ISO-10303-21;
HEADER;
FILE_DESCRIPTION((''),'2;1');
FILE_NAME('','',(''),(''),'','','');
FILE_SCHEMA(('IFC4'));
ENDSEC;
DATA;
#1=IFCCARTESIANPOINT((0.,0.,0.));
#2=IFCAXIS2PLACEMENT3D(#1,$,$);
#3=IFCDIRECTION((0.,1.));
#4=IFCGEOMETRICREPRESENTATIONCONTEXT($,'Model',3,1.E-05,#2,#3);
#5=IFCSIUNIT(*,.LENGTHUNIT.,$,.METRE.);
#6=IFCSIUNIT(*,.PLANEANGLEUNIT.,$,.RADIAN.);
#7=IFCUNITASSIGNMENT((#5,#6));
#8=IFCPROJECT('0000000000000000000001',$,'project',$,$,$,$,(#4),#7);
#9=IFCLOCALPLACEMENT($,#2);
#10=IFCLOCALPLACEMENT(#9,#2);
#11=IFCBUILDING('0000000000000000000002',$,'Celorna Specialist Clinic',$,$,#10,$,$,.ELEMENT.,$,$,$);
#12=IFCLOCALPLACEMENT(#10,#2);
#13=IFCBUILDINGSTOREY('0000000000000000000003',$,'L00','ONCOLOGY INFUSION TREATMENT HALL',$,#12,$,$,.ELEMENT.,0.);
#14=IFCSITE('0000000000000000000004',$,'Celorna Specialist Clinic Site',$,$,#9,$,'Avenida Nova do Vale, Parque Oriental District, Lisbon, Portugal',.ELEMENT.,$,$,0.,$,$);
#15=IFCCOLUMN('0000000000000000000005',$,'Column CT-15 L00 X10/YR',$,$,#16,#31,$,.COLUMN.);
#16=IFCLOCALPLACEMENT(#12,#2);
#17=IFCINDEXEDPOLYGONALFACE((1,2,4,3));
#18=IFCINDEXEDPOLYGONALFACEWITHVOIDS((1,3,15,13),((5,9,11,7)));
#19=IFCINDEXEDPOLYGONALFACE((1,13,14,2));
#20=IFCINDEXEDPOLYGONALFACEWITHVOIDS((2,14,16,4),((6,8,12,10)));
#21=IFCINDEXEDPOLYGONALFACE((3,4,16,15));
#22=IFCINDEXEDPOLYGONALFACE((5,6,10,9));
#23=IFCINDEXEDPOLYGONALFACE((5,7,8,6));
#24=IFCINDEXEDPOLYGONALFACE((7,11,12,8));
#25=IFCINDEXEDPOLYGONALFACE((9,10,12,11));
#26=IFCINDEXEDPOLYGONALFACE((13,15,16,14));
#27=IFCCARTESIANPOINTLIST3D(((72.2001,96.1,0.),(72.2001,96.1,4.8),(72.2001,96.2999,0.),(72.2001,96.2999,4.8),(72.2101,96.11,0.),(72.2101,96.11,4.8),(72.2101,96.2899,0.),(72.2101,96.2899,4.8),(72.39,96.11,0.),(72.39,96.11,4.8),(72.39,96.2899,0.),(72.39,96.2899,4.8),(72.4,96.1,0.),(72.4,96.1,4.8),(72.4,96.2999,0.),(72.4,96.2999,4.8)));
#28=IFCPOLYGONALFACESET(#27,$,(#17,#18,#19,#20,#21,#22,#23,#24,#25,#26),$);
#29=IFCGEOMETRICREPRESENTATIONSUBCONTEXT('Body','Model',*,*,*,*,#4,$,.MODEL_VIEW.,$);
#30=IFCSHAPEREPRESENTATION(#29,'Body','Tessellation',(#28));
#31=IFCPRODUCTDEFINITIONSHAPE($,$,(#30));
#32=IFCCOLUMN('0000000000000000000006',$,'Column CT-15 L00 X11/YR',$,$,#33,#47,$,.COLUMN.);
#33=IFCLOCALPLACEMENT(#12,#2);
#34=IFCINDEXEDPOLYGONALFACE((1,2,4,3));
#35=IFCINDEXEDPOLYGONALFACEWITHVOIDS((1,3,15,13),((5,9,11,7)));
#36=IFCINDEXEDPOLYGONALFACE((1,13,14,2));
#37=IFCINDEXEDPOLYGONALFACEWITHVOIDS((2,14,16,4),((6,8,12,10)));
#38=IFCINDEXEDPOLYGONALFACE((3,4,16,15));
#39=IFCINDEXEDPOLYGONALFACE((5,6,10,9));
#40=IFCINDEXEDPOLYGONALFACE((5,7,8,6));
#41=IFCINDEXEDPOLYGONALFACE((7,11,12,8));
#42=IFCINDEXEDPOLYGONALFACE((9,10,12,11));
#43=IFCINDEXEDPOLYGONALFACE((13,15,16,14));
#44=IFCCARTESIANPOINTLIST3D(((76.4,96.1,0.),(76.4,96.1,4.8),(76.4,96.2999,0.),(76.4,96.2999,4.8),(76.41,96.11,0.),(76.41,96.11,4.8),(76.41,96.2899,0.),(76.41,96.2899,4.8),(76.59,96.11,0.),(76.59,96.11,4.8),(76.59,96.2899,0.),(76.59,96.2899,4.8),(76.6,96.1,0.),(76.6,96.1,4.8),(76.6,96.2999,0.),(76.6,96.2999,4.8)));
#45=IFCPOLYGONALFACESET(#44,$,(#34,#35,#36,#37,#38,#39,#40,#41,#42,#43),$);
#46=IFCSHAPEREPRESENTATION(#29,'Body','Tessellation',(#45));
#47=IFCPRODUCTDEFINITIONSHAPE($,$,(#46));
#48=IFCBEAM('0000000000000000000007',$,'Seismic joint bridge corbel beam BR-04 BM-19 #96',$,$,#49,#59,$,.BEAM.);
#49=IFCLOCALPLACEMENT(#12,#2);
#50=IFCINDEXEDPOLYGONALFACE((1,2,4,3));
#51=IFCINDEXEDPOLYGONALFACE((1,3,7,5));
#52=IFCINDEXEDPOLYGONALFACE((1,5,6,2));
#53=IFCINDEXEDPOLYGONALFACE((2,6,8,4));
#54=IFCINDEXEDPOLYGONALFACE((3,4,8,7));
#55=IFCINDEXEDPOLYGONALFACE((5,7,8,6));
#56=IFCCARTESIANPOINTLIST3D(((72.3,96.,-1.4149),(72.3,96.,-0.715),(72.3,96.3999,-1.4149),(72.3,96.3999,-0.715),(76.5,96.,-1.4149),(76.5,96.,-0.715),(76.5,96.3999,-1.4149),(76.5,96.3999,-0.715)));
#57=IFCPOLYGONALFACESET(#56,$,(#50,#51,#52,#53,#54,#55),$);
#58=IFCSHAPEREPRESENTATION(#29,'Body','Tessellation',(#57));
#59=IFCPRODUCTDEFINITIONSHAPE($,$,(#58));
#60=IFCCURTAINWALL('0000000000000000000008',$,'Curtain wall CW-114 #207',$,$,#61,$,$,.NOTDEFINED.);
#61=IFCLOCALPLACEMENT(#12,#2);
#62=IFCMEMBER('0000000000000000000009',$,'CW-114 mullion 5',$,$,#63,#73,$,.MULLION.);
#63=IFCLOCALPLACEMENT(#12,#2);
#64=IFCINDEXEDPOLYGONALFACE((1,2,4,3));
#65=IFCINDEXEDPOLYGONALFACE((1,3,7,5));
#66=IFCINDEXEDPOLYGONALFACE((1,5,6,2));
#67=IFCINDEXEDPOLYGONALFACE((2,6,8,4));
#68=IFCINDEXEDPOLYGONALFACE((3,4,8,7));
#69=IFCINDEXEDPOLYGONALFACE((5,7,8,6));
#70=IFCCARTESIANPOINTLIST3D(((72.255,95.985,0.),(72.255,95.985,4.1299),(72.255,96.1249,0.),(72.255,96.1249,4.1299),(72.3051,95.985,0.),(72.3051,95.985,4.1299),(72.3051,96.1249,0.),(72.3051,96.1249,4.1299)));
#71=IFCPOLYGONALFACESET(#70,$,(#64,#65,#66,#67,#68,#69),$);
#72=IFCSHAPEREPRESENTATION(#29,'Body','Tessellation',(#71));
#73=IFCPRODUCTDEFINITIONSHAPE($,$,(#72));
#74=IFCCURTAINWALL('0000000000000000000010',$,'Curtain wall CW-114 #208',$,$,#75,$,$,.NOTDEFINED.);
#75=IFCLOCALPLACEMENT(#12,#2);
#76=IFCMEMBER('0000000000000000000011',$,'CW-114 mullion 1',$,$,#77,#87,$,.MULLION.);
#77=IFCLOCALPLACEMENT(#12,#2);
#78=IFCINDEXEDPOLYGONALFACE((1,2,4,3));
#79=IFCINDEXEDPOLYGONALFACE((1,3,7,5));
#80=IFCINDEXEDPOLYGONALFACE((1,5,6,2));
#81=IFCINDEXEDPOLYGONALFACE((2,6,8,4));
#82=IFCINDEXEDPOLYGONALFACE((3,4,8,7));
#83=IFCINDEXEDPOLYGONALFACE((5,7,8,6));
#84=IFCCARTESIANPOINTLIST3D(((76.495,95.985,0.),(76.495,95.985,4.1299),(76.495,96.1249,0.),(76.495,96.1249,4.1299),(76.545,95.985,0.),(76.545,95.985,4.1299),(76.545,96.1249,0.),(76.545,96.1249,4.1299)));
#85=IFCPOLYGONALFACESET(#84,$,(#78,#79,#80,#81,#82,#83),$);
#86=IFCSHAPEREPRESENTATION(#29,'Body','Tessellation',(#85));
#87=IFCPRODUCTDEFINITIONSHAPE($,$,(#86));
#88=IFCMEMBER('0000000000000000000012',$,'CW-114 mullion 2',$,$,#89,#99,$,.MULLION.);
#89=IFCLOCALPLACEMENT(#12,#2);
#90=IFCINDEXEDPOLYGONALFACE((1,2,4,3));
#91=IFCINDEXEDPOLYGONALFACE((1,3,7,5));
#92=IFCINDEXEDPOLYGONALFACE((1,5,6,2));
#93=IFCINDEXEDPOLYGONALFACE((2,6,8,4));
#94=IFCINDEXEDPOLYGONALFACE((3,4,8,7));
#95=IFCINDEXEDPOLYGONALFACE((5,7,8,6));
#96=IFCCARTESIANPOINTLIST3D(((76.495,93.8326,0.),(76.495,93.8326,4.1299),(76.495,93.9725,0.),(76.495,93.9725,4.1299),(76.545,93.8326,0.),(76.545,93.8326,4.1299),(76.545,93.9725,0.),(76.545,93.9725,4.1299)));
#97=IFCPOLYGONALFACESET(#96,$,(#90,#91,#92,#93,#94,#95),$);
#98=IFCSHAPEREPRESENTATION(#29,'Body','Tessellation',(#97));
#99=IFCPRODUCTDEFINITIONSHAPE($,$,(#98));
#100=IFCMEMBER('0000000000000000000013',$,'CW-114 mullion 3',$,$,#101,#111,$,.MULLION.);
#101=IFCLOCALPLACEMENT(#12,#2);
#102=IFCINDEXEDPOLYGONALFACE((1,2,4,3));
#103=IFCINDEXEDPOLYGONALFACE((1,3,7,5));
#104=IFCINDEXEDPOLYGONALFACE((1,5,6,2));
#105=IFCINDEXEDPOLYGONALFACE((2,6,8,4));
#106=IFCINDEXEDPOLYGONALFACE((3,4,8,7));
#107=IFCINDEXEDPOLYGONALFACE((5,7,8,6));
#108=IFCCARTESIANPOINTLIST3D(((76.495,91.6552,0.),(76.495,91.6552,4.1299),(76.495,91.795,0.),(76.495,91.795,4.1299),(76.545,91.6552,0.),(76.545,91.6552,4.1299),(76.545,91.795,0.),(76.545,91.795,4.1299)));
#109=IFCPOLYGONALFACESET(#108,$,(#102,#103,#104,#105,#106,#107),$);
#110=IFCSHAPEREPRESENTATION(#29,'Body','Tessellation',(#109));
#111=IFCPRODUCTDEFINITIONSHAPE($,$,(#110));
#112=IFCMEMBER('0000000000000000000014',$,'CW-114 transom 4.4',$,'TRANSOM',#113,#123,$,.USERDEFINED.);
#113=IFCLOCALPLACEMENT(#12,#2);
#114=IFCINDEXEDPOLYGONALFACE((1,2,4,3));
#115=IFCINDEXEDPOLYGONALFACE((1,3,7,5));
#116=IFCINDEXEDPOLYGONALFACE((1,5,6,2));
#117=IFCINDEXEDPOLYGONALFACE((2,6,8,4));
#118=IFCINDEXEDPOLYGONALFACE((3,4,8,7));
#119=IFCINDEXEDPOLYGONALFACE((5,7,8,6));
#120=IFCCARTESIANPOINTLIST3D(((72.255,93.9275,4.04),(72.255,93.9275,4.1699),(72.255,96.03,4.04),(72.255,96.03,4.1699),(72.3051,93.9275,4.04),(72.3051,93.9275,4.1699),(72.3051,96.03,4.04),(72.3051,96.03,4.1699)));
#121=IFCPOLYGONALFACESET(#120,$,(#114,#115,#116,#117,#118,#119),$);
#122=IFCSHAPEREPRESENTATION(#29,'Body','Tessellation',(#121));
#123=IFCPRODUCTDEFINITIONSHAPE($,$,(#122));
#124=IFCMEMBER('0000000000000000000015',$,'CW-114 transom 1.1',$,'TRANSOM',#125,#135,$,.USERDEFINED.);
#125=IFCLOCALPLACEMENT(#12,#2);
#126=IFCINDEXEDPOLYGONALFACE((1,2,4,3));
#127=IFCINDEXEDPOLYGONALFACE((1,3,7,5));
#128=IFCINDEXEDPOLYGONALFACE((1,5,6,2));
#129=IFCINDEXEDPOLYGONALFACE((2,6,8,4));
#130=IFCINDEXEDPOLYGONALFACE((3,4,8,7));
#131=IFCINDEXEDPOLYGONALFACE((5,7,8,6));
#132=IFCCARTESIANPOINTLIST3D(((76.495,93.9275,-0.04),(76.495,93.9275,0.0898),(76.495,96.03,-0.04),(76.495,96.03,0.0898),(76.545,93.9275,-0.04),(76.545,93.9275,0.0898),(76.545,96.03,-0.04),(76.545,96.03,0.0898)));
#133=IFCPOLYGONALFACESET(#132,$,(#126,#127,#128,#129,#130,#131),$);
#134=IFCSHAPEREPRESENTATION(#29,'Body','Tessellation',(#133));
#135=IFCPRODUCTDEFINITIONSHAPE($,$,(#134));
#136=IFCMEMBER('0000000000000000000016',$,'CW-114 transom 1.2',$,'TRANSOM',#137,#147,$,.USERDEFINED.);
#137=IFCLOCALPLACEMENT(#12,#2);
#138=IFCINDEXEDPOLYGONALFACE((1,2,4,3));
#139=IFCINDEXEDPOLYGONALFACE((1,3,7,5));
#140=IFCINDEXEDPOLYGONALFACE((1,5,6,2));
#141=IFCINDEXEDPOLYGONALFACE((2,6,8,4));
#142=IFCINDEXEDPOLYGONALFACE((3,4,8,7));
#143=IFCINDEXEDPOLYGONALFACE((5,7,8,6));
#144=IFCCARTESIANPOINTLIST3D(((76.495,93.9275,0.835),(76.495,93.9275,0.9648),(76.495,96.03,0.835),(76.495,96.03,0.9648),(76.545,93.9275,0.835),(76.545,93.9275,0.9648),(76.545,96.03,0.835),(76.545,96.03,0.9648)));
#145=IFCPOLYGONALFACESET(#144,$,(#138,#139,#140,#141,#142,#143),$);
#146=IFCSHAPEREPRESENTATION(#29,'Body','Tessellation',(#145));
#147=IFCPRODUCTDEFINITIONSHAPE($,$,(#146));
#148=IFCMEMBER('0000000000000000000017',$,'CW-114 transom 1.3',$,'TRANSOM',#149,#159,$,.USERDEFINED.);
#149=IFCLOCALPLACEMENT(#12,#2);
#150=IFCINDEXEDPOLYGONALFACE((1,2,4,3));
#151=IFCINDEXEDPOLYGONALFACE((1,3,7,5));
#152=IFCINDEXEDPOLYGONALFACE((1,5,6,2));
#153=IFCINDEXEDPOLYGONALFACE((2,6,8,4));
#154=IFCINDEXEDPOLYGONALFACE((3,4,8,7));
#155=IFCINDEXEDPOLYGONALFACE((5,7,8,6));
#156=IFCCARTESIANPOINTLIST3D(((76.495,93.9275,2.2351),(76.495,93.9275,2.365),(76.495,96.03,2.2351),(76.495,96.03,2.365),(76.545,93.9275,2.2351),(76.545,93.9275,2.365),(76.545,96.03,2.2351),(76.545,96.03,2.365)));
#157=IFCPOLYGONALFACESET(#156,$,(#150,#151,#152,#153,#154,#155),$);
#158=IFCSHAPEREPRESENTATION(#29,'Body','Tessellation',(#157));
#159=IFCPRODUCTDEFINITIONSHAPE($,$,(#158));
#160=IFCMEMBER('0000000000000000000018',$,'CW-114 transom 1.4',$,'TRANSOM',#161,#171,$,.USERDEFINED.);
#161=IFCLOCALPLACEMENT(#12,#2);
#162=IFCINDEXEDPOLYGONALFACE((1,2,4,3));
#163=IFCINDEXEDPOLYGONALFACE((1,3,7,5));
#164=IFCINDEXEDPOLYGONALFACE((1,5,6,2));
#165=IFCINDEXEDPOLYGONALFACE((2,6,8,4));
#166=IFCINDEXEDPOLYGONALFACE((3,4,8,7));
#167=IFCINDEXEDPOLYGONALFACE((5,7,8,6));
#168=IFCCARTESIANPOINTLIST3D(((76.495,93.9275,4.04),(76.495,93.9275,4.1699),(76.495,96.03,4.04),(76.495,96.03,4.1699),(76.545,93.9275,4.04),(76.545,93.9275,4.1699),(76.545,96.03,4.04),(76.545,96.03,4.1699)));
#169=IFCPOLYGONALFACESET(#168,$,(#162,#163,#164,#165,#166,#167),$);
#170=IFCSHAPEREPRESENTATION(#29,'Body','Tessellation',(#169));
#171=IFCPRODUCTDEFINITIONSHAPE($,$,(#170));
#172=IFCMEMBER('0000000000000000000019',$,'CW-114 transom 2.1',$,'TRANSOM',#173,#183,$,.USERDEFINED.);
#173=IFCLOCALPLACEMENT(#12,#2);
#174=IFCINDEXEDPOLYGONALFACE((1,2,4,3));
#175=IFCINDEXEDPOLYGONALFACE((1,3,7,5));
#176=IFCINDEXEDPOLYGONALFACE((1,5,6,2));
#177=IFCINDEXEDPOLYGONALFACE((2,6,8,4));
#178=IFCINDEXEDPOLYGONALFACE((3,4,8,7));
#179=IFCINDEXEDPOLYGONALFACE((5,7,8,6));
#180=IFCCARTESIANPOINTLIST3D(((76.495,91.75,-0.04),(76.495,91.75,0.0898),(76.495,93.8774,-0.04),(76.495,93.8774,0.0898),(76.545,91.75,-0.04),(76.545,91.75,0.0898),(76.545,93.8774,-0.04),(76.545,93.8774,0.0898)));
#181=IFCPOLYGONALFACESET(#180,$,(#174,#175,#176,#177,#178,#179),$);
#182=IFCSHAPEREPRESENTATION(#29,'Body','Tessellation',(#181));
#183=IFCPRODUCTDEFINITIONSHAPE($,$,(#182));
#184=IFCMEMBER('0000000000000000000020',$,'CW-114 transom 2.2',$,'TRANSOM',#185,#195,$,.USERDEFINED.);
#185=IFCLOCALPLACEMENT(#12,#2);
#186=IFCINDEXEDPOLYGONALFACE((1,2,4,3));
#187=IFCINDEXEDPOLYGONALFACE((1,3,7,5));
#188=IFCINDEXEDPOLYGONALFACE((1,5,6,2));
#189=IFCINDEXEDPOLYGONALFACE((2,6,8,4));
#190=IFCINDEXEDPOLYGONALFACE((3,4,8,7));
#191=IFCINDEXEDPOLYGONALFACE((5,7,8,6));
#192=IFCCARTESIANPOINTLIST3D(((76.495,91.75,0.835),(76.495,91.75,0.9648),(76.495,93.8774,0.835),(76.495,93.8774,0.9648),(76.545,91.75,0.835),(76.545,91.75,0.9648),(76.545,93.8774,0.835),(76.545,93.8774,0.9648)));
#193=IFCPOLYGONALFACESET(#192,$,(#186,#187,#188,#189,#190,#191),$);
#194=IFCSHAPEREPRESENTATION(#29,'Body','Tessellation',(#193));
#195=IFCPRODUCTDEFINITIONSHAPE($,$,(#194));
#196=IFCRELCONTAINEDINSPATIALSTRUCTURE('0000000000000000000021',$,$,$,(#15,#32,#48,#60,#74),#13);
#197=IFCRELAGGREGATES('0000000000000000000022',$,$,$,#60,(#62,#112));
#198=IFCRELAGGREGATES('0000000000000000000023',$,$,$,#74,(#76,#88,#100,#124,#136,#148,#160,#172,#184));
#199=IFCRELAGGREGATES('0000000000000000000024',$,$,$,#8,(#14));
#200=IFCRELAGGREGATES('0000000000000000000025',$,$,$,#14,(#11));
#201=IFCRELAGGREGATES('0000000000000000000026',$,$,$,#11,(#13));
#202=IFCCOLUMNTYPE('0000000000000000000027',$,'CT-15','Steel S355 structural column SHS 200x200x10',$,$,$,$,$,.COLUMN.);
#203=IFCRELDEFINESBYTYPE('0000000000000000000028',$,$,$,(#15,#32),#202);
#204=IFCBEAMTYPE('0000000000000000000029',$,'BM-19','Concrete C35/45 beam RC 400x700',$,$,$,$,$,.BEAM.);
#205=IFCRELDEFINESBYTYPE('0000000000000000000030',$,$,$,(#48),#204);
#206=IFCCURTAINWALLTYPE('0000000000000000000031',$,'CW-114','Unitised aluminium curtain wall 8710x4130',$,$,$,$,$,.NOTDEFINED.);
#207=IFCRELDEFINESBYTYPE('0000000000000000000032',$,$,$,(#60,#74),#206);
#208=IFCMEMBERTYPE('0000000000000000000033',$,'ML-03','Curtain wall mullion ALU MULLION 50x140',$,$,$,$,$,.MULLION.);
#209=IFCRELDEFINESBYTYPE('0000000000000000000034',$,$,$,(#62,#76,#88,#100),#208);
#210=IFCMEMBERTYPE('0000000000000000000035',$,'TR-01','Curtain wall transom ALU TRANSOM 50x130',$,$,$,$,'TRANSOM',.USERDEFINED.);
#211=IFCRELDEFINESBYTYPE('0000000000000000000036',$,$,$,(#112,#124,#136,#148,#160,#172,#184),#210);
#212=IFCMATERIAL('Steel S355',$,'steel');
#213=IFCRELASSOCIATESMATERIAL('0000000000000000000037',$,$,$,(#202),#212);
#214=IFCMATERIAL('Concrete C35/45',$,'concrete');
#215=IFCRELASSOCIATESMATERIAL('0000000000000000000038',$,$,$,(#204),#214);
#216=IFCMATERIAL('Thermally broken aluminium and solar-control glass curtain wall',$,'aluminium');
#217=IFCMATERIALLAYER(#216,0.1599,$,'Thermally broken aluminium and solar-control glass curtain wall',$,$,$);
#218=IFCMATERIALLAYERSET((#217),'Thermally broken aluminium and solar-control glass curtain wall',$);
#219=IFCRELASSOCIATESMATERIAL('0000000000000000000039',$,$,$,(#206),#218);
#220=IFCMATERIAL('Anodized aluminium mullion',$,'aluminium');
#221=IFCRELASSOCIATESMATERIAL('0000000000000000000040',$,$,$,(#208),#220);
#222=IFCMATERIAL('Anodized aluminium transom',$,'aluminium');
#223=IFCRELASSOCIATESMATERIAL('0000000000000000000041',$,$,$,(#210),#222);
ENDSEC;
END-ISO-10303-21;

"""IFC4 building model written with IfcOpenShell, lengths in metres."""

from ifc_helpers import new_model, si_unit, direction, frame, origin, origin_2d, place, context, subcontext, project, spatial, rectangle, hollow_rectangle, extrude, material, layer, layer_set, material_profile, profile_set, type_object, element, aggregate, save


model = new_model("IFC4")

# Units and contexts
model_context = context("Model", 3, precision=1e-05, world=origin(), true_north=direction((0.0, 1.0)))
body_context = subcontext(model_context, "Body", "Model", "MODEL_VIEW")
ifc_project = project(units=[si_unit("LENGTHUNIT", "METRE"), si_unit("PLANEANGLEUNIT", "RADIAN")], contexts=[model_context])

# Site, building, storey
site_placement = place(None, origin())
site = spatial("IfcSite", under=ifc_project, at=site_placement, Name="Celorna Specialist Clinic Site", LongName="Avenida Nova do Vale, Parque Oriental District, Lisbon, Portugal", CompositionType="ELEMENT", RefElevation=0.0)
building_placement = place(site_placement, origin())
building = spatial("IfcBuilding", under=site, at=building_placement, Name="Celorna Specialist Clinic", CompositionType="ELEMENT")
storey_placement = place(building_placement, origin())
storey = spatial("IfcBuildingStorey", under=building, at=storey_placement, Name="L00", Description="ONCOLOGY INFUSION TREATMENT HALL", CompositionType="ELEMENT", Elevation=0.0)

# Columns
ifc_material_1 = material(Name="Steel S355", Category="steel")
ifc_material_profile_1 = material_profile(ifc_material_1, hollow_rectangle(XDim=0.2, YDim=0.2, WallThickness=0.01, at=origin_2d()), Name="SHS 200x200x10")
ifc_profile_set_1 = profile_set([ifc_material_profile_1], Name="Steel S355")
column_type = type_object("IfcColumnType", Name="CT-15", Description="Steel S355 structural column SHS 200x200x10", PredefinedType="COLUMN", material=ifc_profile_set_1)
for number, where, z_axis, x_axis, name in (
    (1, (72.3, 96.2, 0.0), (0.0, 0.0, 1.0), (1.0, 0.0, 0.0), "Column CT-15 L00 X10/YR"),
    (2, (76.5, 96.2, 0.0), (0.0, 0.0, 1.0), (1.0, 0.0, 0.0), "Column CT-15 L00 X11/YR"),
):
    element("IfcColumn", number, at=place(storey_placement, frame(where, z_axis=z_axis, x_axis=x_axis)), inside=storey, type_object=column_type, Name=name, PredefinedType="COLUMN", context=body_context, shape_type="SweptSolid", body=[
        extrude(hollow_rectangle(XDim=0.2, YDim=0.2, WallThickness=0.01, at=origin_2d()), origin(), (0.0, 0.0, 1.0), 4.8),
    ])

# Beam
ifc_material_2 = material(Name="Concrete C35/45", Category="concrete")
ifc_material_profile_2 = material_profile(ifc_material_2, rectangle(XDim=0.3999, YDim=0.7, at=origin_2d()), Name="RC 400x700")
ifc_profile_set_2 = profile_set([ifc_material_profile_2], Name="Concrete C35/45")
beam_type = type_object("IfcBeamType", Name="BM-19", Description="Concrete C35/45 beam RC 400x700", PredefinedType="BEAM", material=ifc_profile_set_2)
beam_placement = place(storey_placement, frame((72.3, 96.2, -1.0649), z_axis=(1.0, 0.0, 0.0), x_axis=(0.0, 1.0, 0.0)))
element("IfcBeam", 3, at=beam_placement, inside=storey, type_object=beam_type, Name="Seismic joint bridge corbel beam BR-04 BM-19 #96", PredefinedType="BEAM", context=body_context, shape_type="SweptSolid", body=[
    extrude(rectangle(XDim=0.3999, YDim=0.7, at=origin_2d()), origin(), (0.0, 0.0, 1.0), 4.2),
])

# Curtain wall, member
ifc_material_3 = material(Name="Thermally broken aluminium and solar-control glass curtain wall", Category="aluminium")
ifc_layer_1 = layer(ifc_material_3, 0.1599, Name="Thermally broken aluminium and solar-control glass curtain wall")
ifc_layer_set_1 = layer_set([ifc_layer_1], Name="Thermally broken aluminium and solar-control glass curtain wall")
curtain_wall_type = type_object("IfcCurtainWallType", Name="CW-114", Description="Unitised aluminium curtain wall 8710x4130", PredefinedType="NOTDEFINED", material=ifc_layer_set_1)
curtain_wall_1_placement = place(storey_placement, origin())
curtain_wall_1 = element("IfcCurtainWall", 4, at=curtain_wall_1_placement, inside=storey, type_object=curtain_wall_type, Name="Curtain wall CW-114 #207", PredefinedType="NOTDEFINED")
ifc_material_4 = material(Name="Anodized aluminium mullion", Category="aluminium")
ifc_material_profile_3 = material_profile(ifc_material_4, rectangle(XDim=0.05, YDim=0.1399, at=origin_2d()), Name="ALU MULLION 50x140")
ifc_profile_set_3 = profile_set([ifc_material_profile_3], Name="Anodized aluminium mullion")
member_type_1 = type_object("IfcMemberType", Name="ML-03", Description="Curtain wall mullion ALU MULLION 50x140", PredefinedType="MULLION", material=ifc_profile_set_3)
member_1_placement = place(storey_placement, frame((72.28, 96.0549, 0.0), z_axis=(0.0, 0.0, 1.0), x_axis=(-1.0, 0.0, 0.0)))
member_1 = element("IfcMember", 5, at=member_1_placement, type_object=member_type_1, Name="CW-114 mullion 5", PredefinedType="MULLION", context=body_context, shape_type="SweptSolid", body=[
    extrude(rectangle(XDim=0.05, YDim=0.1399, at=origin_2d()), origin(), (0.0, 0.0, 1.0), 4.1299),
])

# Curtain wall, members
curtain_wall_2_placement = place(storey_placement, origin())
curtain_wall_2 = element("IfcCurtainWall", 6, at=curtain_wall_2_placement, inside=storey, type_object=curtain_wall_type, Name="Curtain wall CW-114 #208", PredefinedType="NOTDEFINED")
member_2_placement = place(storey_placement, frame((76.52, 96.0549, 0.0), z_axis=(0.0, 0.0, 1.0), x_axis=(1.0, 0.0, 0.0)))
member_2 = element("IfcMember", 7, at=member_2_placement, type_object=member_type_1, Name="CW-114 mullion 1", PredefinedType="MULLION", context=body_context, shape_type="SweptSolid", body=[
    extrude(rectangle(XDim=0.05, YDim=0.1399, at=origin_2d()), origin(), (0.0, 0.0, 1.0), 4.1299),
])
member_3_placement = place(storey_placement, frame((76.52, 93.9026, 0.0), z_axis=(0.0, 0.0, 1.0), x_axis=(1.0, 0.0, 0.0)))
member_3 = element("IfcMember", 8, at=member_3_placement, type_object=member_type_1, Name="CW-114 mullion 2", PredefinedType="MULLION", context=body_context, shape_type="SweptSolid", body=[
    extrude(rectangle(XDim=0.05, YDim=0.1399, at=origin_2d()), origin(), (0.0, 0.0, 1.0), 4.1299),
])
member_4_placement = place(storey_placement, frame((76.52, 91.7251, 0.0), z_axis=(0.0, 0.0, 1.0), x_axis=(1.0, 0.0, 0.0)))
member_4 = element("IfcMember", 9, at=member_4_placement, type_object=member_type_1, Name="CW-114 mullion 3", PredefinedType="MULLION", context=body_context, shape_type="SweptSolid", body=[
    extrude(rectangle(XDim=0.05, YDim=0.1399, at=origin_2d()), origin(), (0.0, 0.0, 1.0), 4.1299),
])

# Members
ifc_material_5 = material(Name="Anodized aluminium transom", Category="aluminium")
ifc_material_profile_4 = material_profile(ifc_material_5, rectangle(XDim=0.05, YDim=0.1299, at=origin_2d()), Name="ALU TRANSOM 50x130")
ifc_profile_set_4 = profile_set([ifc_material_profile_4], Name="Anodized aluminium transom")
member_type_2 = type_object("IfcMemberType", Name="TR-01", Description="Curtain wall transom ALU TRANSOM 50x130", ElementType="TRANSOM", PredefinedType="USERDEFINED", material=ifc_profile_set_4)
member_5_placement = place(storey_placement, frame((72.28, 93.9275, 4.105), z_axis=(0.0, 1.0, 0.0), x_axis=(-1.0, 0.0, 0.0)))
member_5 = element("IfcMember", 10, at=member_5_placement, type_object=member_type_2, Name="CW-114 transom 4.4", ObjectType="TRANSOM", PredefinedType="USERDEFINED", context=body_context, shape_type="SweptSolid", body=[
    extrude(rectangle(XDim=0.05, YDim=0.1299, at=origin_2d()), origin(), (0.0, 0.0, 1.0), 2.1025),
])
member_6_placement = place(storey_placement, frame((76.52, 96.03, 0.0249), z_axis=(0.0, -1.0, 0.0), x_axis=(1.0, 0.0, 0.0)))
member_6 = element("IfcMember", 11, at=member_6_placement, type_object=member_type_2, Name="CW-114 transom 1.1", ObjectType="TRANSOM", PredefinedType="USERDEFINED", context=body_context, shape_type="SweptSolid", body=[
    extrude(rectangle(XDim=0.05, YDim=0.1299, at=origin_2d()), origin(), (0.0, 0.0, 1.0), 2.1025),
])
member_7_placement = place(storey_placement, frame((76.52, 96.03, 0.8999), z_axis=(0.0, -1.0, 0.0), x_axis=(1.0, 0.0, 0.0)))
member_7 = element("IfcMember", 12, at=member_7_placement, type_object=member_type_2, Name="CW-114 transom 1.2", ObjectType="TRANSOM", PredefinedType="USERDEFINED", context=body_context, shape_type="SweptSolid", body=[
    extrude(rectangle(XDim=0.05, YDim=0.1299, at=origin_2d()), origin(), (0.0, 0.0, 1.0), 2.1025),
])
member_8_placement = place(storey_placement, frame((76.52, 96.03, 2.3), z_axis=(0.0, -1.0, 0.0), x_axis=(1.0, 0.0, 0.0)))
member_8 = element("IfcMember", 13, at=member_8_placement, type_object=member_type_2, Name="CW-114 transom 1.3", ObjectType="TRANSOM", PredefinedType="USERDEFINED", context=body_context, shape_type="SweptSolid", body=[
    extrude(rectangle(XDim=0.05, YDim=0.1299, at=origin_2d()), origin(), (0.0, 0.0, 1.0), 2.1025),
])
member_9_placement = place(storey_placement, frame((76.52, 96.03, 4.105), z_axis=(0.0, -1.0, 0.0), x_axis=(1.0, 0.0, 0.0)))
member_9 = element("IfcMember", 14, at=member_9_placement, type_object=member_type_2, Name="CW-114 transom 1.4", ObjectType="TRANSOM", PredefinedType="USERDEFINED", context=body_context, shape_type="SweptSolid", body=[
    extrude(rectangle(XDim=0.05, YDim=0.1299, at=origin_2d()), origin(), (0.0, 0.0, 1.0), 2.1025),
])
member_10_placement = place(storey_placement, frame((76.52, 93.8774, 0.0249), z_axis=(0.0, -1.0, 0.0), x_axis=(1.0, 0.0, 0.0)))
member_10 = element("IfcMember", 15, at=member_10_placement, type_object=member_type_2, Name="CW-114 transom 2.1", ObjectType="TRANSOM", PredefinedType="USERDEFINED", context=body_context, shape_type="SweptSolid", body=[
    extrude(rectangle(XDim=0.05, YDim=0.1299, at=origin_2d()), origin(), (0.0, 0.0, 1.0), 2.1274),
])
member_11_placement = place(storey_placement, frame((76.52, 93.8774, 0.8999), z_axis=(0.0, -1.0, 0.0), x_axis=(1.0, 0.0, 0.0)))
member_11 = element("IfcMember", 16, at=member_11_placement, type_object=member_type_2, Name="CW-114 transom 2.2", ObjectType="TRANSOM", PredefinedType="USERDEFINED", context=body_context, shape_type="SweptSolid", body=[
    extrude(rectangle(XDim=0.05, YDim=0.1299, at=origin_2d()), origin(), (0.0, 0.0, 1.0), 2.1274),
])

aggregate(curtain_wall_1, [member_1, member_5])
aggregate(curtain_wall_2, [member_2, member_3, member_4, member_6, member_7, member_8, member_9, member_10, member_11])

save(model, "model.ifc")
